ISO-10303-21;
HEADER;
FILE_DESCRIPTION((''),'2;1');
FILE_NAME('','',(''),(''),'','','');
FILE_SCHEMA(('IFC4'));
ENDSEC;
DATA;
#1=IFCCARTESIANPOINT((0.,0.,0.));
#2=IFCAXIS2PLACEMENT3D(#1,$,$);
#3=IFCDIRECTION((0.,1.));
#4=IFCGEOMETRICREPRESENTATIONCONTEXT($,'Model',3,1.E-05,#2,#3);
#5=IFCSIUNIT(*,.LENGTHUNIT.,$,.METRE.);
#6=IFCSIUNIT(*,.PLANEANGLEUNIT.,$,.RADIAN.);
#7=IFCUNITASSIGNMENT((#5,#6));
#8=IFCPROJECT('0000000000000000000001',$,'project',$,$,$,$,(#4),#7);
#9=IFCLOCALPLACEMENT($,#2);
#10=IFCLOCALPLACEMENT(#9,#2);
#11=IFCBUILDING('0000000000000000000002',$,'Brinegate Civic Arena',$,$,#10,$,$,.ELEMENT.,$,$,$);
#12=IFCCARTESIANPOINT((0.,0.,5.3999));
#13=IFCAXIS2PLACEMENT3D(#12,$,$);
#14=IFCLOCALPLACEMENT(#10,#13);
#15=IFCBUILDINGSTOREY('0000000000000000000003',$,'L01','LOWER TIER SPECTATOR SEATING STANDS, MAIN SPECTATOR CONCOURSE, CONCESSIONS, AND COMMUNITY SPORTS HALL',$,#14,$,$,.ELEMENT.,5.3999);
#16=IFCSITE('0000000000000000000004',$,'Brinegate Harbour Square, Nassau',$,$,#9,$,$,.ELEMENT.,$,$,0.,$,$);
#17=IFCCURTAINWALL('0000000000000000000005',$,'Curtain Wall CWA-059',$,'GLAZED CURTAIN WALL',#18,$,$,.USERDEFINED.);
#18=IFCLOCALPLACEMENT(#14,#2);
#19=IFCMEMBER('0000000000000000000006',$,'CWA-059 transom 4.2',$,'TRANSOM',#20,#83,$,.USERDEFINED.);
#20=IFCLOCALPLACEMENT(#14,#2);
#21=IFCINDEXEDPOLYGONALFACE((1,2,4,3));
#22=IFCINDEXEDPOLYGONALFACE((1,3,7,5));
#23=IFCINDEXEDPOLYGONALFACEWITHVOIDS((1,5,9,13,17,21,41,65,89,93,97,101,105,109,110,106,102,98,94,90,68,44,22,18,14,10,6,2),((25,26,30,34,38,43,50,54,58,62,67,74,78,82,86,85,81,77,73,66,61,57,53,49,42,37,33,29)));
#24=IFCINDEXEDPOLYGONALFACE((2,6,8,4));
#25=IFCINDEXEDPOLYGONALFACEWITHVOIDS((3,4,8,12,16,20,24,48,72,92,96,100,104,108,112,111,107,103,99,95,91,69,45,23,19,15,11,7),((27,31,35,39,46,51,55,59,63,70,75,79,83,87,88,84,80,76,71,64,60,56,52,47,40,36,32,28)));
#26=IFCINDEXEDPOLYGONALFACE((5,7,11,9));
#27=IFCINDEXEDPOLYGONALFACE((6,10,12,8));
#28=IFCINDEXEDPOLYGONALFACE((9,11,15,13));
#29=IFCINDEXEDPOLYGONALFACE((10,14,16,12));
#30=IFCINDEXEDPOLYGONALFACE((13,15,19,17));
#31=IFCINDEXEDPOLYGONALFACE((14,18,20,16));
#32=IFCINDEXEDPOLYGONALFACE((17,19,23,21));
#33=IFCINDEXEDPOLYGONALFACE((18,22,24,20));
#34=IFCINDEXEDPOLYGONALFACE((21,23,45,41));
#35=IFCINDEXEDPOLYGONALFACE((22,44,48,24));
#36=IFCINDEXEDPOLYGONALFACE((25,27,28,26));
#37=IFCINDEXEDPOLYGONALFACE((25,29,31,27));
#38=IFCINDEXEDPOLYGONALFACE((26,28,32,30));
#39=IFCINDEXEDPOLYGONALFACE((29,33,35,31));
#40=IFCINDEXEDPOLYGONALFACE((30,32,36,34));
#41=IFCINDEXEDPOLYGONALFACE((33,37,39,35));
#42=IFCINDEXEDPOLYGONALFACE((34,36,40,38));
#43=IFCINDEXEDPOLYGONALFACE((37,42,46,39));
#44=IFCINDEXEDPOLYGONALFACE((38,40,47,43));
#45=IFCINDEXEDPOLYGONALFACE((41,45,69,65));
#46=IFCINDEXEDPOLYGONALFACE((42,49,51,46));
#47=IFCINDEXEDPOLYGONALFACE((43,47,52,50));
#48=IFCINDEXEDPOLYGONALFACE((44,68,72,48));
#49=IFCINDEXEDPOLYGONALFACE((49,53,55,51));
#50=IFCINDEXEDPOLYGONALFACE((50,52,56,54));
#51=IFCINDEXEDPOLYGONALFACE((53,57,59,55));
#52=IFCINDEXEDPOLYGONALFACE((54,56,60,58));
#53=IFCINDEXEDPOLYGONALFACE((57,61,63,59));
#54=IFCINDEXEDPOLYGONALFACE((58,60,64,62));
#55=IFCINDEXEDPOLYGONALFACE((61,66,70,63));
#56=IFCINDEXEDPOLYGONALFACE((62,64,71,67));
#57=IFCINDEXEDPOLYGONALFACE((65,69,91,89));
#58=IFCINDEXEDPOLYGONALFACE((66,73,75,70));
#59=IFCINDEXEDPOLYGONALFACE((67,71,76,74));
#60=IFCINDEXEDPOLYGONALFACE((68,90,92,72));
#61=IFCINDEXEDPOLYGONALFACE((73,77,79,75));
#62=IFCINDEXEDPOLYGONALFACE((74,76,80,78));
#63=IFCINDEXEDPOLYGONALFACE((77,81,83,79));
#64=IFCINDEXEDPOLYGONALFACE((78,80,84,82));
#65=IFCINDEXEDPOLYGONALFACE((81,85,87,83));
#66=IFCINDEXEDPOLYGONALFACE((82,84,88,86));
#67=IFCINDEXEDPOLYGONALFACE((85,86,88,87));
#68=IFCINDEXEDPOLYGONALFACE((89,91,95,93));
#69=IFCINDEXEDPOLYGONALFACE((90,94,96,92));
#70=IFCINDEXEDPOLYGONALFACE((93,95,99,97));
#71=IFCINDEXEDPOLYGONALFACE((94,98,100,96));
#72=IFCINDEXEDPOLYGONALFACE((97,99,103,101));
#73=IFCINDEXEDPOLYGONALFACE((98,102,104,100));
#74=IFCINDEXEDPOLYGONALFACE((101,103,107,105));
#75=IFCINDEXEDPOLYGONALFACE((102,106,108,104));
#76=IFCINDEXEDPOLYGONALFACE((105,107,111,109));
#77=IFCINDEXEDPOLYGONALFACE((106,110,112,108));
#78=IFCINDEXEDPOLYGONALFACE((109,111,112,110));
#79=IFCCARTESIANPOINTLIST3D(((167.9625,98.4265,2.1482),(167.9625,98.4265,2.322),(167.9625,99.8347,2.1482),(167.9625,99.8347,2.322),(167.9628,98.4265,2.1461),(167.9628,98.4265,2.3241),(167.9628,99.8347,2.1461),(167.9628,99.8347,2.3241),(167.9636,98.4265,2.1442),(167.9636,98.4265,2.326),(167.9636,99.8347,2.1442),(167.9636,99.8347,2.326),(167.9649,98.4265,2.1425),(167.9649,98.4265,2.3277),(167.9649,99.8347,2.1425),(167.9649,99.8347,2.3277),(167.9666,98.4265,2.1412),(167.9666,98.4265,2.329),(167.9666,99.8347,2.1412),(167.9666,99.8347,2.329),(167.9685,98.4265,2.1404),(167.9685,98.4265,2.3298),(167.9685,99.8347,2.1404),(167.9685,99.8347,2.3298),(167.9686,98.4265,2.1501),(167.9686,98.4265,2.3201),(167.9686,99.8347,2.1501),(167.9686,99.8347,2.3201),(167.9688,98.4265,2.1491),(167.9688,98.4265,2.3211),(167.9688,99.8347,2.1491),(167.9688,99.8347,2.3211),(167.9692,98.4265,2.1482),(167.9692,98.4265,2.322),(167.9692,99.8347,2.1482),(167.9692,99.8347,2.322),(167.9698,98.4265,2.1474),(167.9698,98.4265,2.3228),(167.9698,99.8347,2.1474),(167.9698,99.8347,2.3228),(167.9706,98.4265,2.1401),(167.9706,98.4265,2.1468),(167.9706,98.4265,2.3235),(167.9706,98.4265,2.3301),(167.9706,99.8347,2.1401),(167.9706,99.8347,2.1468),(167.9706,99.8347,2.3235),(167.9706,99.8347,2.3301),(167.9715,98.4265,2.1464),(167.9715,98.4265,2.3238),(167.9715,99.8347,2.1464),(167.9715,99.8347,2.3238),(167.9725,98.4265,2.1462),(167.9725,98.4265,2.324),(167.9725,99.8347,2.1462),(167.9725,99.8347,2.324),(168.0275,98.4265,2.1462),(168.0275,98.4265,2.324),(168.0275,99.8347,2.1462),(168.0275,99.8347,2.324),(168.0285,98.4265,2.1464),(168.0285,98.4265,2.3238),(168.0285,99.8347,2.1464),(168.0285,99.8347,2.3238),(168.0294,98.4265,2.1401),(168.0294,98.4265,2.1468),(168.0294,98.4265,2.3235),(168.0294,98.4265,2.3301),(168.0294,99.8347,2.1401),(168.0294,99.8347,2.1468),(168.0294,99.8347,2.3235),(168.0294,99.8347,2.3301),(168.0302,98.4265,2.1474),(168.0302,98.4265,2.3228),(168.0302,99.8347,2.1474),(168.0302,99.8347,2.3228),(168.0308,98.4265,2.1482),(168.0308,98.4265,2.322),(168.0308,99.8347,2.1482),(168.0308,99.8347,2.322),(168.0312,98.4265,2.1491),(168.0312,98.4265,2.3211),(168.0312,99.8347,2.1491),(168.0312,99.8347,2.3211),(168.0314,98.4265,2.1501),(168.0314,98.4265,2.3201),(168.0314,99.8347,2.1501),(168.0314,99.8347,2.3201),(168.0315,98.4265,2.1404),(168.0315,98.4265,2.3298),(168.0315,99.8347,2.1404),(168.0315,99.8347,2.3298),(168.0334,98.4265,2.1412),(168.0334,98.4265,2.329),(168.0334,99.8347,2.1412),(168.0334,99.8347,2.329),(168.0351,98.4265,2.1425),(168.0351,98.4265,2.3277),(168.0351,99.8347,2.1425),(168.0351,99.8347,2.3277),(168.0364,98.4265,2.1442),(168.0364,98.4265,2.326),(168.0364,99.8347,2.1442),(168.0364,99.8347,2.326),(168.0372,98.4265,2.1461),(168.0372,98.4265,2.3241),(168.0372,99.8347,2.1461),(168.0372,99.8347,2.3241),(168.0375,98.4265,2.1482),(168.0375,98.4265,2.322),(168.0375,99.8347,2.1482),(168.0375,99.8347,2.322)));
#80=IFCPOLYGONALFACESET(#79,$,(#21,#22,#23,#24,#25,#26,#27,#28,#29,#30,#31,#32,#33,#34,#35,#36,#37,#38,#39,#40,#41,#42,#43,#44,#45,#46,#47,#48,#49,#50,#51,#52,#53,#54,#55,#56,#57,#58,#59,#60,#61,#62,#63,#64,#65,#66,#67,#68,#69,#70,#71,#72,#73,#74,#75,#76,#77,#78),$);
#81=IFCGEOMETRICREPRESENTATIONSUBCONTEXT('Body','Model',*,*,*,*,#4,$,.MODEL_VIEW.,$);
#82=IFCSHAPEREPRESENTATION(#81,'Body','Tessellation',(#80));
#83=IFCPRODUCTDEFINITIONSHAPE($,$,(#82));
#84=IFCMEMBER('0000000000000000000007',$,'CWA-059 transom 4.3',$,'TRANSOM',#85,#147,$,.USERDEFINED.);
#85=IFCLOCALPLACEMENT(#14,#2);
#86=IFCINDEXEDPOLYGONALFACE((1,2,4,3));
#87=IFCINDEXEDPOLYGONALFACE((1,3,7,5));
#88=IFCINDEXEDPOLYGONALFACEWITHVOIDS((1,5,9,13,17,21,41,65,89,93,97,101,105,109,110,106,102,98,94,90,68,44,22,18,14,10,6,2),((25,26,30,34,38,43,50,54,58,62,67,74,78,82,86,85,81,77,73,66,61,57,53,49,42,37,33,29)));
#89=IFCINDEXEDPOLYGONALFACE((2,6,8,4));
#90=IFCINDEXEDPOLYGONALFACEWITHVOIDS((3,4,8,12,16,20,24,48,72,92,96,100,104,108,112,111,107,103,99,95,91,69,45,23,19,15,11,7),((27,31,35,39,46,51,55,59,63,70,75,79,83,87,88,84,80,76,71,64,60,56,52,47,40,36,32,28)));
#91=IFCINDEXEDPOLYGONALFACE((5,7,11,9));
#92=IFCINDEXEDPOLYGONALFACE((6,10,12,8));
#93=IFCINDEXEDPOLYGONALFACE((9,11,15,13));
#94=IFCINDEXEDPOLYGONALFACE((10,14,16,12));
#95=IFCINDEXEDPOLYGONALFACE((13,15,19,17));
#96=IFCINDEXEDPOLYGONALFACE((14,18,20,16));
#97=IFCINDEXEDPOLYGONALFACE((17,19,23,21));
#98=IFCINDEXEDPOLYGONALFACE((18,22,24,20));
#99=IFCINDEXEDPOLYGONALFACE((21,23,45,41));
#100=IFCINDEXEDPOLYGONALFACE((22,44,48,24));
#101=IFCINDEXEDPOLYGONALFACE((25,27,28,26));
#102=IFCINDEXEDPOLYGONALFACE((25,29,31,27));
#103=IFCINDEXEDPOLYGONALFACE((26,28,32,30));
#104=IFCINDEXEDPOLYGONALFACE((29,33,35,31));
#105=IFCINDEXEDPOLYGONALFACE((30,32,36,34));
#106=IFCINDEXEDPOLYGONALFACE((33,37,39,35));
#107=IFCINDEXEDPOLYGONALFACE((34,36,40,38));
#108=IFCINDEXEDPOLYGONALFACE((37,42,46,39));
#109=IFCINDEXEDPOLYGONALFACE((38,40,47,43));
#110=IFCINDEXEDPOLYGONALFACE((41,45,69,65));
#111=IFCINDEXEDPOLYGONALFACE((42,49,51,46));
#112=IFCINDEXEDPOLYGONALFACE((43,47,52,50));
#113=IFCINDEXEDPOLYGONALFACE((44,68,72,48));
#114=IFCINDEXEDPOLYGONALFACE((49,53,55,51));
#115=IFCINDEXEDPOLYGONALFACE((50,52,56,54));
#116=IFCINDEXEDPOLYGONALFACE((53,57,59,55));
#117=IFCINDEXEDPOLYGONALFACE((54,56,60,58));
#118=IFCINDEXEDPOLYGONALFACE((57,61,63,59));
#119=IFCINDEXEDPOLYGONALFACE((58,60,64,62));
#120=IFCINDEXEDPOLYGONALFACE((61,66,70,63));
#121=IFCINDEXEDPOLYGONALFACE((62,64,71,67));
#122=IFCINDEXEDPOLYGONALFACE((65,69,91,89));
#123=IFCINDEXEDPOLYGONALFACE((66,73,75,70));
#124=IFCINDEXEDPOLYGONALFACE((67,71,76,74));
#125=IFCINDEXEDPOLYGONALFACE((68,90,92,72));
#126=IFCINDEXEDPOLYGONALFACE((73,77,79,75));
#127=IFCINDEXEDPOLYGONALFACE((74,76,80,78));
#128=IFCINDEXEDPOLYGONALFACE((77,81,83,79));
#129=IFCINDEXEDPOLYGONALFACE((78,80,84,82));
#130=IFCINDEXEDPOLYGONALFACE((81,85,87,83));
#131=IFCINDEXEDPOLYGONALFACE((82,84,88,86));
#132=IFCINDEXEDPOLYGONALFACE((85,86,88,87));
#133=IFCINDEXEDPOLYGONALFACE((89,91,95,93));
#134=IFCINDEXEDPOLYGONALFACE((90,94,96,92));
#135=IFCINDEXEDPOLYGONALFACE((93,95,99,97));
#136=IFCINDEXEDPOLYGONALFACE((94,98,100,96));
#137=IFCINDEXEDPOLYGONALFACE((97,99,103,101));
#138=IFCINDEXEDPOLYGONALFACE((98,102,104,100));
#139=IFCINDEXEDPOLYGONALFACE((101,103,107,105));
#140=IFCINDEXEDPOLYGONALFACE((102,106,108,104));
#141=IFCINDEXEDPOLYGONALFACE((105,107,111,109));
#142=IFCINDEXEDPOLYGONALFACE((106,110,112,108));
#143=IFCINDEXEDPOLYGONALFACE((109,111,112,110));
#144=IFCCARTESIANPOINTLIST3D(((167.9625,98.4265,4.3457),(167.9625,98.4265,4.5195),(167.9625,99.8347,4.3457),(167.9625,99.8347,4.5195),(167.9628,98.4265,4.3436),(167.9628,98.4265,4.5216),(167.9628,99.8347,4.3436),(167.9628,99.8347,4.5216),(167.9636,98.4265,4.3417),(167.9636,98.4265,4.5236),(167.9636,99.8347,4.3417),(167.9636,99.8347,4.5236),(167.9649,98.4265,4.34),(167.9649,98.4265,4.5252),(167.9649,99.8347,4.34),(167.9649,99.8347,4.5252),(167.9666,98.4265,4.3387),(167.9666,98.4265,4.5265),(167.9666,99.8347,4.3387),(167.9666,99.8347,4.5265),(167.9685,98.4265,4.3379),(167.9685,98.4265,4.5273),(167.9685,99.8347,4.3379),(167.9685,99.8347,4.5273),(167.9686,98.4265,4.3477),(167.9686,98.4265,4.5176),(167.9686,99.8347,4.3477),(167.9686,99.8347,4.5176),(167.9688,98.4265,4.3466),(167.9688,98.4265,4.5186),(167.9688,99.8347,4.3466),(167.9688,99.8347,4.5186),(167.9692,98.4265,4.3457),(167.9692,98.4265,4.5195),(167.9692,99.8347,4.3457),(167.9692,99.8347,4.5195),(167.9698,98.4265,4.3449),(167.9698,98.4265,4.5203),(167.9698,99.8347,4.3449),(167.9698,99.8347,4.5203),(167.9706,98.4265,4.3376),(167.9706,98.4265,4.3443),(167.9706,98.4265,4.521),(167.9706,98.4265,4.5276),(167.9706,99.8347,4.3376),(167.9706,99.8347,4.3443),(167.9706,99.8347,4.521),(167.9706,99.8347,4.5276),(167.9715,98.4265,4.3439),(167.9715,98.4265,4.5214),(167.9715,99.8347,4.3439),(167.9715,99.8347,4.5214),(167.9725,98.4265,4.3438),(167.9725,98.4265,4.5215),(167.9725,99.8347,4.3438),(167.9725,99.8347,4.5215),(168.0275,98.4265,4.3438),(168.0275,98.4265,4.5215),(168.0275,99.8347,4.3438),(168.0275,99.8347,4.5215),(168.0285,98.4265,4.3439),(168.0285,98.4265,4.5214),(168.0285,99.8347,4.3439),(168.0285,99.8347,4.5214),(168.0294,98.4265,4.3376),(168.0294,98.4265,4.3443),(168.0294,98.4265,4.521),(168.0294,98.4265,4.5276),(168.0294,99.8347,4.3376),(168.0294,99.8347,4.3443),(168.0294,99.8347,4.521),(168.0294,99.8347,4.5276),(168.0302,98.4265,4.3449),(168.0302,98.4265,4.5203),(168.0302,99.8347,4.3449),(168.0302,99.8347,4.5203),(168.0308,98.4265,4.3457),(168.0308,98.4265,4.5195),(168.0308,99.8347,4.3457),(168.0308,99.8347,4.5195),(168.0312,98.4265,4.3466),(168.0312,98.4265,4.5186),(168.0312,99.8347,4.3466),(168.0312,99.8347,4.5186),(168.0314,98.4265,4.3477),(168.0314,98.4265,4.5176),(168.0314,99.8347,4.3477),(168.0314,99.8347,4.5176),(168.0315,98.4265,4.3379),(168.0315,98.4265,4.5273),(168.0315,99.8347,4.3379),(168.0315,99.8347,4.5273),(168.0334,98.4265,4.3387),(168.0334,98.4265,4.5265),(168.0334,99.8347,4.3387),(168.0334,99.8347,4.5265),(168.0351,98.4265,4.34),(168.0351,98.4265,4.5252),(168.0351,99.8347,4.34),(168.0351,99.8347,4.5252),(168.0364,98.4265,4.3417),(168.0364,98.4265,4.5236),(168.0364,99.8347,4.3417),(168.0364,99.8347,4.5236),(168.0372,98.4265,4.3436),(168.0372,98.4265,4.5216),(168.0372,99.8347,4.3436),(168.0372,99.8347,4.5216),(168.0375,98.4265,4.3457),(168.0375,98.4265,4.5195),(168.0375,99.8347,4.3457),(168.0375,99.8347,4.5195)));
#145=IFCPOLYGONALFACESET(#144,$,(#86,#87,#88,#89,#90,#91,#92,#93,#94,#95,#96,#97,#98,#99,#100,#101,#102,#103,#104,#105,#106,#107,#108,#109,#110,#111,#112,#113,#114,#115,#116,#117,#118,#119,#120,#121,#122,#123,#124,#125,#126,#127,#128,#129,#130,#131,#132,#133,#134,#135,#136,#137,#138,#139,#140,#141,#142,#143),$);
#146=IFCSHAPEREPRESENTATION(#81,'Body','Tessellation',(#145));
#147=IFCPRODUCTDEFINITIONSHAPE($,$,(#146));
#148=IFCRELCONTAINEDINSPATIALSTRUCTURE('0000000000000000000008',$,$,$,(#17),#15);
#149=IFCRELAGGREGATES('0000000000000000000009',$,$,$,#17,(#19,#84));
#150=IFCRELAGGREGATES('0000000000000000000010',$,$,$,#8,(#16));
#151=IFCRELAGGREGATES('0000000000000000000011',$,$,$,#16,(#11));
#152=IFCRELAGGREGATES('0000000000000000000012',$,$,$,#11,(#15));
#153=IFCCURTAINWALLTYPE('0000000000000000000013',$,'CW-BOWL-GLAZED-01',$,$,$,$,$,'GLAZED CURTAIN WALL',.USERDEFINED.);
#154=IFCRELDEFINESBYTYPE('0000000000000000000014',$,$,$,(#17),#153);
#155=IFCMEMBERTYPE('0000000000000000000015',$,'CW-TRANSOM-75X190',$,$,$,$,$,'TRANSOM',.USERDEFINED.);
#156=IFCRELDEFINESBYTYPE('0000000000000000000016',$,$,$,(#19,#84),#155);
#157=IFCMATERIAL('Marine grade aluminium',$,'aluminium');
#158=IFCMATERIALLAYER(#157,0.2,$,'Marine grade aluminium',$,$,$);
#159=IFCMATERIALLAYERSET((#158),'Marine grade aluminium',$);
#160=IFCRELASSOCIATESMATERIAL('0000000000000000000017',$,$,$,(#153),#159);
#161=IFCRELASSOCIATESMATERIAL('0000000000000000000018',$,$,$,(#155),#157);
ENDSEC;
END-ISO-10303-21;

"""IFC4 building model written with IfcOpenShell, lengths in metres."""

from ifc_helpers import new_model, si_unit, direction, frame, origin, origin_2d, place, context, subcontext, project, spatial, hollow_rectangle, extrude, material, layer, layer_set, material_profile, profile_set, type_object, element, aggregate, save


model = new_model("IFC4")

# Units and contexts
model_context = context("Model", 3, precision=1e-05, world=origin(), true_north=direction((0.0, 1.0)))
body_context = subcontext(model_context, "Body", "Model", "MODEL_VIEW")
ifc_project = project(units=[si_unit("LENGTHUNIT", "METRE"), si_unit("PLANEANGLEUNIT", "RADIAN")], contexts=[model_context])

# Site, building, storey
site_placement = place(None, origin())
site = spatial("IfcSite", under=ifc_project, at=site_placement, Name="Brinegate Harbour Square, Nassau", CompositionType="ELEMENT", RefElevation=0.0)
building_placement = place(site_placement, origin())
building = spatial("IfcBuilding", under=site, at=building_placement, Name="Brinegate Civic Arena", CompositionType="ELEMENT")
storey_placement = place(building_placement, frame((0.0, 0.0, 5.3999)))
storey = spatial("IfcBuildingStorey", under=building, at=storey_placement, Name="L01", Description="LOWER TIER SPECTATOR SEATING STANDS, MAIN SPECTATOR CONCOURSE, CONCESSIONS, AND COMMUNITY SPORTS HALL", CompositionType="ELEMENT", Elevation=5.3999)

# Curtain wall, members
ifc_material_1 = material(Name="Marine grade aluminium", Category="aluminium")
ifc_layer_1 = layer(ifc_material_1, 0.2, Name="Marine grade aluminium")
ifc_layer_set_1 = layer_set([ifc_layer_1], Name="Marine grade aluminium")
curtain_wall_type = type_object("IfcCurtainWallType", Name="CW-BOWL-GLAZED-01", ElementType="GLAZED CURTAIN WALL", PredefinedType="USERDEFINED", material=ifc_layer_set_1)
curtain_wall_placement = place(storey_placement, origin())
curtain_wall = element("IfcCurtainWall", 1, at=curtain_wall_placement, inside=storey, type_object=curtain_wall_type, Name="Curtain Wall CWA-059", ObjectType="GLAZED CURTAIN WALL", PredefinedType="USERDEFINED")
ifc_material_profile_1 = material_profile(ifc_material_1, hollow_rectangle(XDim=0.075, YDim=0.1899, WallThickness=0.0061, InnerFilletRadius=0.0039, OuterFilletRadius=0.0081, at=origin_2d()), Name="TRN75X190")
ifc_profile_set_1 = profile_set([ifc_material_profile_1], Name="Marine grade aluminium")
member_type_1 = type_object("IfcMemberType", Name="CW-TRANSOM-75X190", ElementType="TRANSOM", PredefinedType="USERDEFINED", material=ifc_profile_set_1)
member_1_placement = place(storey_placement, frame((168.0, 98.4265, 2.2351), z_axis=(0.0, 1.0, 0.0), x_axis=(-1.0, 0.0, 0.0)))
member_1 = element("IfcMember", 2, at=member_1_placement, type_object=member_type_1, Name="CWA-059 transom 4.2", ObjectType="TRANSOM", PredefinedType="USERDEFINED", context=body_context, shape_type="SweptSolid", body=[
    extrude(hollow_rectangle(XDim=0.075, YDim=0.1899, WallThickness=0.0061, InnerFilletRadius=0.0039, OuterFilletRadius=0.0081, at=origin_2d()), origin(), (0.0, 0.0, 1.0), 1.4082),
])
member_2_placement = place(storey_placement, frame((168.0, 98.4265, 4.4326), z_axis=(0.0, 1.0, 0.0), x_axis=(-1.0, 0.0, 0.0)))
member_2 = element("IfcMember", 3, at=member_2_placement, type_object=member_type_1, Name="CWA-059 transom 4.3", ObjectType="TRANSOM", PredefinedType="USERDEFINED", context=body_context, shape_type="SweptSolid", body=[
    extrude(hollow_rectangle(XDim=0.075, YDim=0.1899, WallThickness=0.0061, InnerFilletRadius=0.0039, OuterFilletRadius=0.0081, at=origin_2d()), origin(), (0.0, 0.0, 1.0), 1.4082),
])
aggregate(curtain_wall, [member_1, member_2])

save(model, "model.ifc")
